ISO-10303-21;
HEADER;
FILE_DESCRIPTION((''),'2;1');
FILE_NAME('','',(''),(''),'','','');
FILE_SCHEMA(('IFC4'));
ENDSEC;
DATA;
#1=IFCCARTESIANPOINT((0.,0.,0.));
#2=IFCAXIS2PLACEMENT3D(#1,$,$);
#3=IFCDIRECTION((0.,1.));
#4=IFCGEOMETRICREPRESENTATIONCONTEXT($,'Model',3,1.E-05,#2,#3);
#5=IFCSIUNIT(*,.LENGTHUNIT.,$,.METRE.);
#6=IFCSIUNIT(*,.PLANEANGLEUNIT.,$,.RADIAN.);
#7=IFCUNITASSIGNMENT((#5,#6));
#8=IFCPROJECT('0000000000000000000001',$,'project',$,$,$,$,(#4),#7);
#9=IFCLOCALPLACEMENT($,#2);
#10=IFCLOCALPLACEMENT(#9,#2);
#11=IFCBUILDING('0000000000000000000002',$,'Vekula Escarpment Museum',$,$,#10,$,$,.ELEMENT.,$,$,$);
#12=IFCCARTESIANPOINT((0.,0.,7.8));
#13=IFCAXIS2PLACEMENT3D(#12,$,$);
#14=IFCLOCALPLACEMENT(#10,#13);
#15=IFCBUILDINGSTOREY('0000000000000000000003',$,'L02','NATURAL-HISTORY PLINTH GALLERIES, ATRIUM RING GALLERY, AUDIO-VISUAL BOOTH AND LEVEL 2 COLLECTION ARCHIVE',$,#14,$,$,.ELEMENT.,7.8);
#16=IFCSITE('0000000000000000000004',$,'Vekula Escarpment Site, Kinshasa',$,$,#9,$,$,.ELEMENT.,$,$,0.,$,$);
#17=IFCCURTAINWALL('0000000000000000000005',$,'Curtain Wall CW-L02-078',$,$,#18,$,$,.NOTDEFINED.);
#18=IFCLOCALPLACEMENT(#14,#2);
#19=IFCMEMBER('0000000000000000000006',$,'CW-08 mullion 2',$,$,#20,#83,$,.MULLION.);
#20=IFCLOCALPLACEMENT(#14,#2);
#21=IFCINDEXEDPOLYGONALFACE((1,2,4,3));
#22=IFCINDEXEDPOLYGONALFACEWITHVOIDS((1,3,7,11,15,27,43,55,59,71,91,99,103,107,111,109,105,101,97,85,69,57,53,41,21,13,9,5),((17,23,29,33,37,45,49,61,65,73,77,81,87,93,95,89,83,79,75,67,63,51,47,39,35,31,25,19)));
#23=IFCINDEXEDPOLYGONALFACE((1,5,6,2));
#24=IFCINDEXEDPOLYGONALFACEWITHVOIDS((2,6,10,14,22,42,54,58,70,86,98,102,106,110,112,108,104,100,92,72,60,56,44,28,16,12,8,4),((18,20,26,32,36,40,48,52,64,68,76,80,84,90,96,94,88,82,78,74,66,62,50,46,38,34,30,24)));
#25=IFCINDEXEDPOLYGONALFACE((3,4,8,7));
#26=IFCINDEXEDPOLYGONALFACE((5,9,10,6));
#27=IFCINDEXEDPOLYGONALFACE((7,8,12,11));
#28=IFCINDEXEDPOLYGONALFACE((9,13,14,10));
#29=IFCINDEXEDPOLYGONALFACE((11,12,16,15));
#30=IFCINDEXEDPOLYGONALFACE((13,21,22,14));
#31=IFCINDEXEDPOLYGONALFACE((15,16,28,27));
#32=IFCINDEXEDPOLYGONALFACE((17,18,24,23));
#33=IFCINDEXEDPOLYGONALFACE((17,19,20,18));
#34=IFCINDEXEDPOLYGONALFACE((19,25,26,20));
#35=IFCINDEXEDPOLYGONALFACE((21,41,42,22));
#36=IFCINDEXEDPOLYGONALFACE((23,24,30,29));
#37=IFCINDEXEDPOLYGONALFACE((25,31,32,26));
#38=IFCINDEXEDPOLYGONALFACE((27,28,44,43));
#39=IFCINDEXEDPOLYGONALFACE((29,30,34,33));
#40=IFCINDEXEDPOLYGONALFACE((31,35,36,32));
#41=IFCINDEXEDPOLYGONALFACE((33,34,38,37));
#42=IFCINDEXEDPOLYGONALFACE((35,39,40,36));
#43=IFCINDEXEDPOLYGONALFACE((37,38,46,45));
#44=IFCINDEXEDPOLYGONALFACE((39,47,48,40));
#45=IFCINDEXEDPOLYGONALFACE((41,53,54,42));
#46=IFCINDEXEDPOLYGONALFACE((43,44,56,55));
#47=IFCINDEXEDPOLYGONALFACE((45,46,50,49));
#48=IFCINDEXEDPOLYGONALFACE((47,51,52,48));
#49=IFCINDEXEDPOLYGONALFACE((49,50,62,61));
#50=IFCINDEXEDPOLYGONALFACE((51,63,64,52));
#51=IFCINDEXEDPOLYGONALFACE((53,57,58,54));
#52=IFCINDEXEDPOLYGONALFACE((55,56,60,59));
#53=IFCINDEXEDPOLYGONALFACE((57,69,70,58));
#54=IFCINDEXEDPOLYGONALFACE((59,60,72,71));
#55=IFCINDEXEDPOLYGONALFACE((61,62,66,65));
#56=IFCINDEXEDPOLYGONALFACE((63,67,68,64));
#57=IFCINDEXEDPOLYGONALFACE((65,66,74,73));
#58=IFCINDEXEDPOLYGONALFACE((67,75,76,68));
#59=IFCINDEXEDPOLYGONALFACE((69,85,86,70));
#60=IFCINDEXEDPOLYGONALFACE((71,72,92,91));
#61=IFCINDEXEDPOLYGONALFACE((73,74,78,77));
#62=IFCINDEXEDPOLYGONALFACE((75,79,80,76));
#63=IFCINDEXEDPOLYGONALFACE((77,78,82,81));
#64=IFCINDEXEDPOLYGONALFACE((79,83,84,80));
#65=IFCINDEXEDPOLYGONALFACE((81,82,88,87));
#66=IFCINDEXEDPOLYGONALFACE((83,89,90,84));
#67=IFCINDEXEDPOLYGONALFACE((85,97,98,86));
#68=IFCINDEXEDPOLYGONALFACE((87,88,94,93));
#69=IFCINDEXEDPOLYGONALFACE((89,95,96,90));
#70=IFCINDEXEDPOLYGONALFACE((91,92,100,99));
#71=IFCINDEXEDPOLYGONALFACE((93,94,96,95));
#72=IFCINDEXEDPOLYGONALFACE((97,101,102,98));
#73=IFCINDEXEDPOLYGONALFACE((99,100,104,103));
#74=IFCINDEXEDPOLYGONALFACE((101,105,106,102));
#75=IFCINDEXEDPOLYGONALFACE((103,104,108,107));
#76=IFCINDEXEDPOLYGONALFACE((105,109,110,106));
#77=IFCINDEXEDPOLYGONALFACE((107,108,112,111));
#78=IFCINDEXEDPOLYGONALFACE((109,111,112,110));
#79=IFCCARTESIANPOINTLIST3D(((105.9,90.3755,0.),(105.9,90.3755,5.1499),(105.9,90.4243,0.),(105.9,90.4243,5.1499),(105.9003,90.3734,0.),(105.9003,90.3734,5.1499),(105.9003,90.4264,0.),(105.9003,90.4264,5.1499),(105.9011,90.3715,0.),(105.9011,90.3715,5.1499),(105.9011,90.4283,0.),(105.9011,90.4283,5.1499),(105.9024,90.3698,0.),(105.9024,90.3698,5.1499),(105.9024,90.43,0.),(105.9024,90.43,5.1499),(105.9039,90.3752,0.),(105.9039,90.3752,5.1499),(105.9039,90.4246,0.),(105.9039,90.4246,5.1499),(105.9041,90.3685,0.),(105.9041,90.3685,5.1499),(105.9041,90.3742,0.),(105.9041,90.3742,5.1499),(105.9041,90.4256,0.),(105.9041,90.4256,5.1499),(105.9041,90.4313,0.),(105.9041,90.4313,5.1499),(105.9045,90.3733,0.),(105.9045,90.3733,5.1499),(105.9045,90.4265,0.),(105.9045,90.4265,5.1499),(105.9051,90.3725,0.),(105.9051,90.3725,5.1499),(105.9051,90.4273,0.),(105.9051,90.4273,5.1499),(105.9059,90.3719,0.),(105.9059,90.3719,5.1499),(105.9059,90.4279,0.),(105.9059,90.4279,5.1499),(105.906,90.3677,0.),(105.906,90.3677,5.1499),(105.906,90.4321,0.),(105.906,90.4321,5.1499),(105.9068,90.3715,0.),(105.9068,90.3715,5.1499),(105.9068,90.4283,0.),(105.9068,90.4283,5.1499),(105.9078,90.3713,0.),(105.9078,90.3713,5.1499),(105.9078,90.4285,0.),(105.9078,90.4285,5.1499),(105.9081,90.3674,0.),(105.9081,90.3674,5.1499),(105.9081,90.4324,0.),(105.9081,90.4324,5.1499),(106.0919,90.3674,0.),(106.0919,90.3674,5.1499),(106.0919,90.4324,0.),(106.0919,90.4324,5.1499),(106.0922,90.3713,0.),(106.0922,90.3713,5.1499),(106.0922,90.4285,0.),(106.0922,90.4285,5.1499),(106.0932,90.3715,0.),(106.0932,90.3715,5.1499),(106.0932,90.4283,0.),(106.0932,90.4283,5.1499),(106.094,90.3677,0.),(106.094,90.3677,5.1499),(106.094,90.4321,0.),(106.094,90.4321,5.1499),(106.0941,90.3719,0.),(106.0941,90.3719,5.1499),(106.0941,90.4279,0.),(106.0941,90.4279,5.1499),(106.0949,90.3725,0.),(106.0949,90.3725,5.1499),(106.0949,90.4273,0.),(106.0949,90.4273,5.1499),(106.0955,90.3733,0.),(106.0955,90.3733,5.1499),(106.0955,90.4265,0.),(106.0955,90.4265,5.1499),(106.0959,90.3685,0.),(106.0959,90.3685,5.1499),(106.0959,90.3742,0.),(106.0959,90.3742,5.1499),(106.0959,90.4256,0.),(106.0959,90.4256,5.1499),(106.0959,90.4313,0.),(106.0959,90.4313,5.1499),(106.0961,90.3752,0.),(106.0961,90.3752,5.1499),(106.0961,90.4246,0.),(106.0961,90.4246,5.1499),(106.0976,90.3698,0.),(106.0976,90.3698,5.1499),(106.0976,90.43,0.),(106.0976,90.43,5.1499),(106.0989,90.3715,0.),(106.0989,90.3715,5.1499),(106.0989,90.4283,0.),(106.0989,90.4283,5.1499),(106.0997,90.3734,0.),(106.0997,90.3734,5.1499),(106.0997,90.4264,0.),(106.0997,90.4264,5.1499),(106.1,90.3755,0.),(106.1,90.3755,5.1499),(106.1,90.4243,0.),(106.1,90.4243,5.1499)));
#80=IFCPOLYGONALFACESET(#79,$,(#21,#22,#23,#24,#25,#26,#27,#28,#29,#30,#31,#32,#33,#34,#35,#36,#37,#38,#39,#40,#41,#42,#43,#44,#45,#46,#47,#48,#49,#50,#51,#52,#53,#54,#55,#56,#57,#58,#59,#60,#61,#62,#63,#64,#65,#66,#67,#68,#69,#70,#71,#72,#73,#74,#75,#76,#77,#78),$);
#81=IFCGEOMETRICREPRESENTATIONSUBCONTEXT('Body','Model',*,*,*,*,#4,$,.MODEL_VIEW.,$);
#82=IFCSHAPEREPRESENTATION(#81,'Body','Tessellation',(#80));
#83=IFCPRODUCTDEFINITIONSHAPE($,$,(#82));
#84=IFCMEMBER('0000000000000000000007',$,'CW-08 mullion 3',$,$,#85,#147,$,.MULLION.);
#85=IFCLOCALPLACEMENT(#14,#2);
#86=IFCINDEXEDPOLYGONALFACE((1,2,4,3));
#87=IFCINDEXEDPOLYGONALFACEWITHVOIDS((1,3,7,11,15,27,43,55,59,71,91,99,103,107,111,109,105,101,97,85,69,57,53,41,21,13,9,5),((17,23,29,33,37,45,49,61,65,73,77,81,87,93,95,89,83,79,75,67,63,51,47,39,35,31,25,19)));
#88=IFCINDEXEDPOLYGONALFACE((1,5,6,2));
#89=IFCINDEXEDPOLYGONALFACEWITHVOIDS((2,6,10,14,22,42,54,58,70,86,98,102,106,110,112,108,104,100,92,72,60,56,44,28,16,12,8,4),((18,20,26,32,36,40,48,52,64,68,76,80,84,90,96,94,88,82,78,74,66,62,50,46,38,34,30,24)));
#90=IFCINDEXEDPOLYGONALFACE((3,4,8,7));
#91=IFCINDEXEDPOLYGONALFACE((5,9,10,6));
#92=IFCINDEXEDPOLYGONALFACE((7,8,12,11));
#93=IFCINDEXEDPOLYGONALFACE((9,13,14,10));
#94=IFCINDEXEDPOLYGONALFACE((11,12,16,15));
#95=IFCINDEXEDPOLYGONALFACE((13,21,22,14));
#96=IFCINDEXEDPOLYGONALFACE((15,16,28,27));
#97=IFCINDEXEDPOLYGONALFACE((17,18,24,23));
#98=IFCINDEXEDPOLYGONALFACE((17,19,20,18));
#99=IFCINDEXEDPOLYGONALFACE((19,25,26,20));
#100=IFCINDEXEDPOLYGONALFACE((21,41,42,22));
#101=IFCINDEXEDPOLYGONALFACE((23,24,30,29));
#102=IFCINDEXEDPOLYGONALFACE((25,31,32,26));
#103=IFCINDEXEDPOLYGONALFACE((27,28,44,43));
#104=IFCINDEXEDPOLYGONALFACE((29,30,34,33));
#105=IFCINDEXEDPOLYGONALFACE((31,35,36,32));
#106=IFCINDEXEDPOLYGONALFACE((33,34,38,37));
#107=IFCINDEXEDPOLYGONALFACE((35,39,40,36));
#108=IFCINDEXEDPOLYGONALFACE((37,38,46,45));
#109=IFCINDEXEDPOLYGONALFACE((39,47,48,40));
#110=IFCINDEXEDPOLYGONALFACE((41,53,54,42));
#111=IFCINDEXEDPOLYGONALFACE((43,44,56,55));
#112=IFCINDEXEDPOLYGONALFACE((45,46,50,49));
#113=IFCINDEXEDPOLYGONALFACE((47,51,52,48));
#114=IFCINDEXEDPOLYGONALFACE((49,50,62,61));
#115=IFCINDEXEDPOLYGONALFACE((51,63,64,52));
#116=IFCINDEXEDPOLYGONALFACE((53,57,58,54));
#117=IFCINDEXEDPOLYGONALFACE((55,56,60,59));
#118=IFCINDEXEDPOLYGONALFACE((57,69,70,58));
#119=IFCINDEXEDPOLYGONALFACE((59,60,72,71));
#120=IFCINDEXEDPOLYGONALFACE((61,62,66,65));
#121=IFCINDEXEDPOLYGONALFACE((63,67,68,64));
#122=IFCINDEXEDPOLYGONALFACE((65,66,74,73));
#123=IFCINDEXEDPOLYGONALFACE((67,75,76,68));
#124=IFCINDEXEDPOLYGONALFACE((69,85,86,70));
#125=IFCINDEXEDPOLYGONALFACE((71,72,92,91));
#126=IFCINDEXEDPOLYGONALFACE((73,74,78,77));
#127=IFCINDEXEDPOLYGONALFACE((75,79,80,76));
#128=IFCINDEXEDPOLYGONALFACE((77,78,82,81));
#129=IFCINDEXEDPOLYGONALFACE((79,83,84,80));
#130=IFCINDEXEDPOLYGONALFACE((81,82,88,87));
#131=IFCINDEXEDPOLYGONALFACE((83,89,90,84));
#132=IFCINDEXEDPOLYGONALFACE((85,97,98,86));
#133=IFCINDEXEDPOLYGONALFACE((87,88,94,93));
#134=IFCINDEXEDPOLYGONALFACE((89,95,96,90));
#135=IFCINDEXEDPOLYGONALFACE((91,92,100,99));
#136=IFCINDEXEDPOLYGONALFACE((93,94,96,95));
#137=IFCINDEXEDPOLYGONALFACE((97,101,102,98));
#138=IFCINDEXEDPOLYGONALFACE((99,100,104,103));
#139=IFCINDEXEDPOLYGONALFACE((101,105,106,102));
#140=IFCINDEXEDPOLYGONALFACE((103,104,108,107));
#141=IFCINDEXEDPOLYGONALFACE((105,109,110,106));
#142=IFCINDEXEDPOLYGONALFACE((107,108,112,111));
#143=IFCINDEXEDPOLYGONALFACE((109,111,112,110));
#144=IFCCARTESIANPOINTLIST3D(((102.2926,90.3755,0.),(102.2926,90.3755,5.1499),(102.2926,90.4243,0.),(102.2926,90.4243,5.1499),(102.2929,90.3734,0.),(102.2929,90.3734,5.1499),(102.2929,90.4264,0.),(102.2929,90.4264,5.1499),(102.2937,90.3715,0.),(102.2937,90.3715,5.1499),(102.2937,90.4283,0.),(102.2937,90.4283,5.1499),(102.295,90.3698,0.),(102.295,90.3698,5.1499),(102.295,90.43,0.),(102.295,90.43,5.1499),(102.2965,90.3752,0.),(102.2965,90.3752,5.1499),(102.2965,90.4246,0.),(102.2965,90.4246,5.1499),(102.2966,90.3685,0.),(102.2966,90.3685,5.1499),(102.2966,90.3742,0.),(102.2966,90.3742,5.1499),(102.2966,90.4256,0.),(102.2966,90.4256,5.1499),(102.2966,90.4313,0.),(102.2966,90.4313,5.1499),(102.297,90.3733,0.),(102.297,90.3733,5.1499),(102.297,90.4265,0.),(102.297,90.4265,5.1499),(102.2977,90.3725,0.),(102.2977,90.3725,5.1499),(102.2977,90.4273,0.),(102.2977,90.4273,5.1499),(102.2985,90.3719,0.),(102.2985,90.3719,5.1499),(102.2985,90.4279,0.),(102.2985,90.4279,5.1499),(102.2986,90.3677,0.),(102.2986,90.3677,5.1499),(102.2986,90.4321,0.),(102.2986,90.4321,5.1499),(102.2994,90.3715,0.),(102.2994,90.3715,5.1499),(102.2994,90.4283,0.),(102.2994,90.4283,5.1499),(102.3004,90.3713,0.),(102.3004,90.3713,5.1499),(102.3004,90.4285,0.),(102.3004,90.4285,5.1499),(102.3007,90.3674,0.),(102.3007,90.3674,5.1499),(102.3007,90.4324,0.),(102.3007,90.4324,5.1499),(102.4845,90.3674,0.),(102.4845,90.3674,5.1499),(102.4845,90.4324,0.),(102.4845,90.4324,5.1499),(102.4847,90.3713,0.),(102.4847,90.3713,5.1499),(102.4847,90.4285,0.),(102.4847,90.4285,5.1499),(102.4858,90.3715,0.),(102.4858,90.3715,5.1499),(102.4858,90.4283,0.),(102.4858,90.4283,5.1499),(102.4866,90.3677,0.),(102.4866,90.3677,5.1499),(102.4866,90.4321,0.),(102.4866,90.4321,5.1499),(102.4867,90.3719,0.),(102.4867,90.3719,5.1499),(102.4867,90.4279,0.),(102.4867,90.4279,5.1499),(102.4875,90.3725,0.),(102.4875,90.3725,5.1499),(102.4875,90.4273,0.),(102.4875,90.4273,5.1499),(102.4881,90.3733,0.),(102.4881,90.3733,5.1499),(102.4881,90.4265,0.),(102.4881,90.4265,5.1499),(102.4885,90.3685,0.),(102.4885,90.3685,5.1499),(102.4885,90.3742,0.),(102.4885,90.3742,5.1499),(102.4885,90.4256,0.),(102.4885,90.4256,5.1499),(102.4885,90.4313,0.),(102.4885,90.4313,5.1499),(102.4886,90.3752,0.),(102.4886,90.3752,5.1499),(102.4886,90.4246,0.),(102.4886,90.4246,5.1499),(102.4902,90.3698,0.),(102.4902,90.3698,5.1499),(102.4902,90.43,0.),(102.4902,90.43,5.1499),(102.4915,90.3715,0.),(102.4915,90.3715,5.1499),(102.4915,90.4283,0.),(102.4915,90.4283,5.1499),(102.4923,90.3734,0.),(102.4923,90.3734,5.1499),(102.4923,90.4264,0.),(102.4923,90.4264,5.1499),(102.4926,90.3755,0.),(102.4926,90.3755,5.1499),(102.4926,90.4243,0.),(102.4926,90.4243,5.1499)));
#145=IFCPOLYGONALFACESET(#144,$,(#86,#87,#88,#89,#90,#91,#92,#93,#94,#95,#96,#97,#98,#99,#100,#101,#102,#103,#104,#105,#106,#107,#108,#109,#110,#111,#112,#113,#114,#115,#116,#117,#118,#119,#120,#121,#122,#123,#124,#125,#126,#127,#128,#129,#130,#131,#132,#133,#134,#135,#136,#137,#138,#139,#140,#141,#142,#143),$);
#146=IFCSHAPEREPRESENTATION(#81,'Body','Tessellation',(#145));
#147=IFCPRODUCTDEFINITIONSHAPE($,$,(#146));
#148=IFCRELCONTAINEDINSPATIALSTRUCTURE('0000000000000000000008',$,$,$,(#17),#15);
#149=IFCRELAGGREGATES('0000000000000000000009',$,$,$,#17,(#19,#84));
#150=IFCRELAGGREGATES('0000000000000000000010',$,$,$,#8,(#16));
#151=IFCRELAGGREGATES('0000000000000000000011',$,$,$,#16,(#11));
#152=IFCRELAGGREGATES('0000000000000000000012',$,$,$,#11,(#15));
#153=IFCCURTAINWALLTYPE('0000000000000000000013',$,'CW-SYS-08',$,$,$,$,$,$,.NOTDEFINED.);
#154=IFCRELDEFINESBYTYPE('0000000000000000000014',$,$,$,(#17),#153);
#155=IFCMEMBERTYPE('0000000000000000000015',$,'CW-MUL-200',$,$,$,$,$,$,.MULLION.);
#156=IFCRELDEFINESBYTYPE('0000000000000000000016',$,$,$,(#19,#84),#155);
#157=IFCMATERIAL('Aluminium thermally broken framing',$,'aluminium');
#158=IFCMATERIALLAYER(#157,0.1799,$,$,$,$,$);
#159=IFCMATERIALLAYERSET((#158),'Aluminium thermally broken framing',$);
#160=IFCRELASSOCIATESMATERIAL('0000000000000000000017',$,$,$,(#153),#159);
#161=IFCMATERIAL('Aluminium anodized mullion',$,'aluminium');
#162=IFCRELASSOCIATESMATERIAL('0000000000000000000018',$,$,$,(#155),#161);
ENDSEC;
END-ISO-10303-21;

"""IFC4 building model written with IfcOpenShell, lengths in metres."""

from ifc_helpers import new_model, si_unit, direction, frame, origin, origin_2d, place, context, subcontext, project, spatial, hollow_rectangle, extrude, material, layer, layer_set, material_profile, profile_set, type_object, element, aggregate, save


model = new_model("IFC4")

# Units and contexts
model_context = context("Model", 3, precision=1e-05, world=origin(), true_north=direction((0.0, 1.0)))
body_context = subcontext(model_context, "Body", "Model", "MODEL_VIEW")
ifc_project = project(units=[si_unit("LENGTHUNIT", "METRE"), si_unit("PLANEANGLEUNIT", "RADIAN")], contexts=[model_context])

# Site, building, storey
site_placement = place(None, origin())
site = spatial("IfcSite", under=ifc_project, at=site_placement, Name="Vekula Escarpment Site, Kinshasa", CompositionType="ELEMENT", RefElevation=0.0)
building_placement = place(site_placement, origin())
building = spatial("IfcBuilding", under=site, at=building_placement, Name="Vekula Escarpment Museum", CompositionType="ELEMENT")
storey_placement = place(building_placement, frame((0.0, 0.0, 7.8)))
storey = spatial("IfcBuildingStorey", under=building, at=storey_placement, Name="L02", Description="NATURAL-HISTORY PLINTH GALLERIES, ATRIUM RING GALLERY, AUDIO-VISUAL BOOTH AND LEVEL 2 COLLECTION ARCHIVE", CompositionType="ELEMENT", Elevation=7.8)

# Curtain wall, members
ifc_material_1 = material(Name="Aluminium thermally broken framing", Category="aluminium")
ifc_layer_1 = layer(ifc_material_1, 0.1799)
ifc_layer_set_1 = layer_set([ifc_layer_1], Name="Aluminium thermally broken framing")
curtain_wall_type = type_object("IfcCurtainWallType", Name="CW-SYS-08", PredefinedType="NOTDEFINED", material=ifc_layer_set_1)
curtain_wall_placement = place(storey_placement, origin())
curtain_wall = element("IfcCurtainWall", 1, at=curtain_wall_placement, inside=storey, type_object=curtain_wall_type, Name="Curtain Wall CW-L02-078", PredefinedType="NOTDEFINED")
ifc_material_2 = material(Name="Aluminium anodized mullion", Category="aluminium")
ifc_material_profile_1 = material_profile(ifc_material_2, hollow_rectangle(XDim=0.0649, YDim=0.2, WallThickness=0.0039, InnerFilletRadius=0.0039, OuterFilletRadius=0.0081, at=origin_2d()), Name="ALU 200x65x4")
ifc_profile_set_1 = profile_set([ifc_material_profile_1], Name="Aluminium anodized mullion")
member_type_1 = type_object("IfcMemberType", Name="CW-MUL-200", PredefinedType="MULLION", material=ifc_profile_set_1)
member_1_placement = place(storey_placement, frame((106.0, 90.3999, 0.0), z_axis=(0.0, 0.0, 1.0), x_axis=(0.0, -1.0, 0.0)))
member_1 = element("IfcMember", 2, at=member_1_placement, type_object=member_type_1, Name="CW-08 mullion 2", PredefinedType="MULLION", context=body_context, shape_type="SweptSolid", body=[
    extrude(hollow_rectangle(XDim=0.0649, YDim=0.2, WallThickness=0.0039, InnerFilletRadius=0.0039, OuterFilletRadius=0.0081, at=origin_2d()), origin(), (0.0, 0.0, 1.0), 5.1499),
])
member_2_placement = place(storey_placement, frame((102.3926, 90.3999, 0.0), z_axis=(0.0, 0.0, 1.0), x_axis=(0.0, -1.0, 0.0)))
member_2 = element("IfcMember", 3, at=member_2_placement, type_object=member_type_1, Name="CW-08 mullion 3", PredefinedType="MULLION", context=body_context, shape_type="SweptSolid", body=[
    extrude(hollow_rectangle(XDim=0.0649, YDim=0.2, WallThickness=0.0039, InnerFilletRadius=0.0039, OuterFilletRadius=0.0081, at=origin_2d()), origin(), (0.0, 0.0, 1.0), 5.1499),
])
aggregate(curtain_wall, [member_1, member_2])

save(model, "model.ifc")
